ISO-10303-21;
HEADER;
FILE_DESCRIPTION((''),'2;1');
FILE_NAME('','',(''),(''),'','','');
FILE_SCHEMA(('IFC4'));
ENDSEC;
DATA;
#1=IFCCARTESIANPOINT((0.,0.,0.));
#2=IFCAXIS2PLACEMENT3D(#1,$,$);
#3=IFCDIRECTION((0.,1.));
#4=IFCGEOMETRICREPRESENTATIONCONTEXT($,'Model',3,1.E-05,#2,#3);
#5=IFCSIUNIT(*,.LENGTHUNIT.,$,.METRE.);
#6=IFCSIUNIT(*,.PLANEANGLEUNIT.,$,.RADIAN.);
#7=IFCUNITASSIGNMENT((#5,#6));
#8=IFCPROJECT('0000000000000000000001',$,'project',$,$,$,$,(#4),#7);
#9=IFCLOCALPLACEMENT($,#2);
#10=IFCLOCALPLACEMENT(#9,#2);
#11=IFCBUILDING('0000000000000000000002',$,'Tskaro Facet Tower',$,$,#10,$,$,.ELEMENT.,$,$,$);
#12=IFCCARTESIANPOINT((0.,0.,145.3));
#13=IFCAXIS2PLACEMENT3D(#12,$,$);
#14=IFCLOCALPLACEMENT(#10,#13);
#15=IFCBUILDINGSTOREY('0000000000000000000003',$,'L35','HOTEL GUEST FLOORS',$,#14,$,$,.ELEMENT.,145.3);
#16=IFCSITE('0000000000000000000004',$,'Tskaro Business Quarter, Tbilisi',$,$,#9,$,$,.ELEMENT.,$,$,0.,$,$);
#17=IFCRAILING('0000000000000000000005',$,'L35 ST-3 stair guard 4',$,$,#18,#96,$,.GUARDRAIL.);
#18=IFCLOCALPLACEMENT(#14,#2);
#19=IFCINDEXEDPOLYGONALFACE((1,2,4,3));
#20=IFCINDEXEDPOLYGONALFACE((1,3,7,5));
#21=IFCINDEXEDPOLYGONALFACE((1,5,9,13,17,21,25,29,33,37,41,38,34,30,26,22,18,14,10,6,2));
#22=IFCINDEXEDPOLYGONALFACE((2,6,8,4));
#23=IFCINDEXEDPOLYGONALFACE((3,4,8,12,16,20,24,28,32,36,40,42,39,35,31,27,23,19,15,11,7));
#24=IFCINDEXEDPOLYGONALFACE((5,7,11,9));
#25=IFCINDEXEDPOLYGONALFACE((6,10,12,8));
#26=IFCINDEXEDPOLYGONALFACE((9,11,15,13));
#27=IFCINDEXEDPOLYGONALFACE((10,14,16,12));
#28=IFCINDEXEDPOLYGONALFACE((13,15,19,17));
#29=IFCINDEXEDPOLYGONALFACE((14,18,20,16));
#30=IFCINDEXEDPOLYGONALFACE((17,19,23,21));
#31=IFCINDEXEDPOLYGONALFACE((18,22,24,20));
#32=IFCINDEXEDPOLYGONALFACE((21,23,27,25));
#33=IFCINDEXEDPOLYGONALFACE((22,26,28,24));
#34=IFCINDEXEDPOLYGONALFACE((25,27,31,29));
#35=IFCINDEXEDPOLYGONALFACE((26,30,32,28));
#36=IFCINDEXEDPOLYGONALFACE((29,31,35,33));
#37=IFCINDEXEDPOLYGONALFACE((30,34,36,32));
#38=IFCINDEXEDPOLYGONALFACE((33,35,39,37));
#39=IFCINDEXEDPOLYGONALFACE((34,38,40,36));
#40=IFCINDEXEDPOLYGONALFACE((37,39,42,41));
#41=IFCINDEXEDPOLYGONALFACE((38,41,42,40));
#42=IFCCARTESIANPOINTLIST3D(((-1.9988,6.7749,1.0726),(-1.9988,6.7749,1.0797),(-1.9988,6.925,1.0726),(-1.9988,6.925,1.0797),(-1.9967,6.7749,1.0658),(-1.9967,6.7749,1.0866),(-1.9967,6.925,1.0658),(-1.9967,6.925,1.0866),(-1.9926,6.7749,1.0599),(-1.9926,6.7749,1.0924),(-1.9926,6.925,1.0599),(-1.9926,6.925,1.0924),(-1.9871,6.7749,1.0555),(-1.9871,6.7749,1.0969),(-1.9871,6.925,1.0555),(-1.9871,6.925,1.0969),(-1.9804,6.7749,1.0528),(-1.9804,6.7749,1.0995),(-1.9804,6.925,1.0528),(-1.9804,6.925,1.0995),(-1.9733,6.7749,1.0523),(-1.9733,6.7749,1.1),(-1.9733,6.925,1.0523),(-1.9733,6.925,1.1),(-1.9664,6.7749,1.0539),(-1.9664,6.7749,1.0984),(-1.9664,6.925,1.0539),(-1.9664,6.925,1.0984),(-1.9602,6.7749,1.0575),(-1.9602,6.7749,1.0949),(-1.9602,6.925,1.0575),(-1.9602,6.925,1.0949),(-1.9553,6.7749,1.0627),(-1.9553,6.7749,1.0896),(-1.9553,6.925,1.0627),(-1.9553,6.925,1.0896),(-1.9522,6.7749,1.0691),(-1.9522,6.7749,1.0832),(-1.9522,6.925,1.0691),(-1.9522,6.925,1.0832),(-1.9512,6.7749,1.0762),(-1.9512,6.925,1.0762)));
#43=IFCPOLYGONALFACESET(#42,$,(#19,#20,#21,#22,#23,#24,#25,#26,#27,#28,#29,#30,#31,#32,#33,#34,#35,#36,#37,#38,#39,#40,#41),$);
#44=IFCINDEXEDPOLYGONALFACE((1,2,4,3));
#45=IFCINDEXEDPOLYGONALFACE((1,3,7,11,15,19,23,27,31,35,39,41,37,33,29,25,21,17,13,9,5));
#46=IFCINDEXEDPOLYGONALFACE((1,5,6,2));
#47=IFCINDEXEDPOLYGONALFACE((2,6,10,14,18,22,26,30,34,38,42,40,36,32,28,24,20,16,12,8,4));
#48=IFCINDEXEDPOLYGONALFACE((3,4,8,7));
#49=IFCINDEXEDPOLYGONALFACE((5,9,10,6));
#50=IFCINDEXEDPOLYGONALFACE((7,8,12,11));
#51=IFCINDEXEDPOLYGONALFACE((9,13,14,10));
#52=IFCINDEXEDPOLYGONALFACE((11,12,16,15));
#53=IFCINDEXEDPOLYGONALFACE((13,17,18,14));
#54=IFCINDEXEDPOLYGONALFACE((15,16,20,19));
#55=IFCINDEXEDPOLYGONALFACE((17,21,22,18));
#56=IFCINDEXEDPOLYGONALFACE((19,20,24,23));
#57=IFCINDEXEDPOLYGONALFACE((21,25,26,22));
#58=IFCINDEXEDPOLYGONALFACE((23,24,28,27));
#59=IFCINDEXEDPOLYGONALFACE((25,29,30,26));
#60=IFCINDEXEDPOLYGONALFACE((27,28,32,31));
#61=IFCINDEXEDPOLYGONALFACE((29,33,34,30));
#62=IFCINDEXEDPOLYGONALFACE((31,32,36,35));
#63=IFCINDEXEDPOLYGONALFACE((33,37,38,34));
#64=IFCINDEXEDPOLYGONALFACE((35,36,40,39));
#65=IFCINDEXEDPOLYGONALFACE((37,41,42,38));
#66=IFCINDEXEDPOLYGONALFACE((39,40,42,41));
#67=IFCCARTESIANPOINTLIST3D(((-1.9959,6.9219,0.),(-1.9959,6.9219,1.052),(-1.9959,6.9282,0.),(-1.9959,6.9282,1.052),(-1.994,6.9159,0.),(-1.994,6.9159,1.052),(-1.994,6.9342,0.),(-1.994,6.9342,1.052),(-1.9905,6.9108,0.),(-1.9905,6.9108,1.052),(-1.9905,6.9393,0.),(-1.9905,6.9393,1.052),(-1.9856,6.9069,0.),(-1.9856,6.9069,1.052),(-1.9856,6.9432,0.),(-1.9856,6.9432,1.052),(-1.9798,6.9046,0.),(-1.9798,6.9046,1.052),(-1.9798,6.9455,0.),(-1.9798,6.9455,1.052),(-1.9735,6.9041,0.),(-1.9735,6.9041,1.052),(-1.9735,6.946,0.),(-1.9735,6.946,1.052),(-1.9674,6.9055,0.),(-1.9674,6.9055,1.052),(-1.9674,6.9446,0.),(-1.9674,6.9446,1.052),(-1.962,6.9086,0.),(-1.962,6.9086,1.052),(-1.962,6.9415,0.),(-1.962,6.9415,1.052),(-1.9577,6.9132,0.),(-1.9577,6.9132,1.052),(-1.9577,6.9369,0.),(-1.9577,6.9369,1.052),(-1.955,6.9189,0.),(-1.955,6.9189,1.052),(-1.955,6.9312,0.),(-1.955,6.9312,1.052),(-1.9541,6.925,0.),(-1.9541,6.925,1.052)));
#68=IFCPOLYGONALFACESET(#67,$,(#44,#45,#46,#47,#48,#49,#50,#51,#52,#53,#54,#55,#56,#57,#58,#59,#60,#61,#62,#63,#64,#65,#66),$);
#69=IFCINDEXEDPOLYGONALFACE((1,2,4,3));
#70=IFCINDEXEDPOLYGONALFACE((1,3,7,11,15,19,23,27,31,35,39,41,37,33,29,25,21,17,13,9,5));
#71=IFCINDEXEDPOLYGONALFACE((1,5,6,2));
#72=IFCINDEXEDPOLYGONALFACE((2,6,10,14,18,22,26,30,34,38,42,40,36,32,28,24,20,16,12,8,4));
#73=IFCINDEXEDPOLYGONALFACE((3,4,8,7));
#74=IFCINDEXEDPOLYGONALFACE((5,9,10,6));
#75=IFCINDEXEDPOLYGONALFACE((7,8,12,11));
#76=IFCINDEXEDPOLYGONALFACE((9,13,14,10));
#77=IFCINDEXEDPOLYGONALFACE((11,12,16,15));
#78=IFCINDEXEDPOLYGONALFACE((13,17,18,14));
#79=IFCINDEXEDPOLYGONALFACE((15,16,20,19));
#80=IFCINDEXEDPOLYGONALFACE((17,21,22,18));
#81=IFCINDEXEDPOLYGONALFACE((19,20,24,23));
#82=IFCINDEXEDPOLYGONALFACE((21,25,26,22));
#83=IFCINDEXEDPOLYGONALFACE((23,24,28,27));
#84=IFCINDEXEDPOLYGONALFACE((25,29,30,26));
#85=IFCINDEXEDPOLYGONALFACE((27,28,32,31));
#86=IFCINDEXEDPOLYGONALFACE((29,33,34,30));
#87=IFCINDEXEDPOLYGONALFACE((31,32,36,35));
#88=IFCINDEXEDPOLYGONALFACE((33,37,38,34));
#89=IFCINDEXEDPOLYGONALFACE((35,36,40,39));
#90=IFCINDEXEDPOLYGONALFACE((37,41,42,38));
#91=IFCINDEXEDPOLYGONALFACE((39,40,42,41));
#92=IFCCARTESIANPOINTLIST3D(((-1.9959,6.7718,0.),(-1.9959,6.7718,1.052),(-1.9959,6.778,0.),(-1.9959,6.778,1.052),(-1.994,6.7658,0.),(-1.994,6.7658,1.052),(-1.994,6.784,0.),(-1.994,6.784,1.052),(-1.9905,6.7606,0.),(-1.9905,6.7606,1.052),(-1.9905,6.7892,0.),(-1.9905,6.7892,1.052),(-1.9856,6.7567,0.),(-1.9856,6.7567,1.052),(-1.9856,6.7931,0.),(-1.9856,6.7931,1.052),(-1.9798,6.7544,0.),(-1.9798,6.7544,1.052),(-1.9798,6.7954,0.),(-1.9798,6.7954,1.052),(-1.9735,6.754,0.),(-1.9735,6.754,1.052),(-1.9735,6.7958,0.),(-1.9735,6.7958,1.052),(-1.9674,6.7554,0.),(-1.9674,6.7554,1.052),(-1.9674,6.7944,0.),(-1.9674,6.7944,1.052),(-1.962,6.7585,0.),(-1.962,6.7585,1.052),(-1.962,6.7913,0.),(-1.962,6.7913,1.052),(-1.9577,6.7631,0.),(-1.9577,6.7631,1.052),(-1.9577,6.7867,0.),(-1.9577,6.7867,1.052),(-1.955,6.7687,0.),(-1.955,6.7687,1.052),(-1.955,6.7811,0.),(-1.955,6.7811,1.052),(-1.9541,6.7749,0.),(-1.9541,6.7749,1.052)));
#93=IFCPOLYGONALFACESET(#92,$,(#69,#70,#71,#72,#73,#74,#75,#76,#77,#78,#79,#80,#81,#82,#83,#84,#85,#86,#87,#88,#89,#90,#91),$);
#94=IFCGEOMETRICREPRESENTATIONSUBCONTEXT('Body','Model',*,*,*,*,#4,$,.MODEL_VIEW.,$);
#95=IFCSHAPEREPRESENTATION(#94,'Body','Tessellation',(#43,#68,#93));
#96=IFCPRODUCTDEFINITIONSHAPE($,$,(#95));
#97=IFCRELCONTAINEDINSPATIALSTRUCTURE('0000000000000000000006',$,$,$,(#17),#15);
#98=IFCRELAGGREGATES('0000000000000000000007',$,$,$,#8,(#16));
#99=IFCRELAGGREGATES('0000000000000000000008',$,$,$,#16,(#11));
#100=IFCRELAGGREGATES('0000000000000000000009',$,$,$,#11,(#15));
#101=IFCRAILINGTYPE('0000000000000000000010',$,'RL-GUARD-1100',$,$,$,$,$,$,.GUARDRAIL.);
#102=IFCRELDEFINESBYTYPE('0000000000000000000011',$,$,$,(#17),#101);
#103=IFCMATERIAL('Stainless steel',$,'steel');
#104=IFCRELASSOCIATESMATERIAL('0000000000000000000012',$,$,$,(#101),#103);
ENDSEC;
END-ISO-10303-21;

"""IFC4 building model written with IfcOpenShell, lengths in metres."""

from ifc_helpers import new_model, si_unit, direction, frame, origin, origin_2d, place, context, subcontext, project, spatial, circle, extrude, material, type_object, element, save


model = new_model("IFC4")

# Units and contexts
model_context = context("Model", 3, precision=1e-05, world=origin(), true_north=direction((0.0, 1.0)))
body_context = subcontext(model_context, "Body", "Model", "MODEL_VIEW")
ifc_project = project(units=[si_unit("LENGTHUNIT", "METRE"), si_unit("PLANEANGLEUNIT", "RADIAN")], contexts=[model_context])

# Site, building, storey
site_placement = place(None, origin())
site = spatial("IfcSite", under=ifc_project, at=site_placement, Name="Tskaro Business Quarter, Tbilisi", CompositionType="ELEMENT", RefElevation=0.0)
building_placement = place(site_placement, origin())
building = spatial("IfcBuilding", under=site, at=building_placement, Name="Tskaro Facet Tower", CompositionType="ELEMENT")
storey_placement = place(building_placement, frame((0.0, 0.0, 145.3)))
storey = spatial("IfcBuildingStorey", under=building, at=storey_placement, Name="L35", Description="HOTEL GUEST FLOORS", CompositionType="ELEMENT", Elevation=145.3)

# Railing
ifc_material_1 = material(Name="Stainless steel", Category="steel")
railing_type_1 = type_object("IfcRailingType", Name="RL-GUARD-1100", PredefinedType="GUARDRAIL", material=ifc_material_1)
railing_1_placement = place(storey_placement, frame((-1.9751, 6.925, 0.0)))
element("IfcRailing", 1, at=railing_1_placement, inside=storey, type_object=railing_type_1, Name="L35 ST-3 stair guard 4", PredefinedType="GUARDRAIL", context=body_context, shape_type="SweptSolid", body=[
    extrude(circle(Radius=0.0239, at=origin_2d()), frame((0.0, 0.0, 1.0762), z_axis=(0.0, -1.0, 0.0), x_axis=(1.0, 0.0, 0.0)), (0.0, 0.0, 1.0), 0.1501),
    extrude(circle(Radius=0.021, at=origin_2d()), origin(), (0.0, 0.0, 1.0), 1.052),
    extrude(circle(Radius=0.021, at=origin_2d()), frame((0.0, -0.1501, 0.0)), (0.0, 0.0, 1.0), 1.052),
])

save(model, "model.ifc")
